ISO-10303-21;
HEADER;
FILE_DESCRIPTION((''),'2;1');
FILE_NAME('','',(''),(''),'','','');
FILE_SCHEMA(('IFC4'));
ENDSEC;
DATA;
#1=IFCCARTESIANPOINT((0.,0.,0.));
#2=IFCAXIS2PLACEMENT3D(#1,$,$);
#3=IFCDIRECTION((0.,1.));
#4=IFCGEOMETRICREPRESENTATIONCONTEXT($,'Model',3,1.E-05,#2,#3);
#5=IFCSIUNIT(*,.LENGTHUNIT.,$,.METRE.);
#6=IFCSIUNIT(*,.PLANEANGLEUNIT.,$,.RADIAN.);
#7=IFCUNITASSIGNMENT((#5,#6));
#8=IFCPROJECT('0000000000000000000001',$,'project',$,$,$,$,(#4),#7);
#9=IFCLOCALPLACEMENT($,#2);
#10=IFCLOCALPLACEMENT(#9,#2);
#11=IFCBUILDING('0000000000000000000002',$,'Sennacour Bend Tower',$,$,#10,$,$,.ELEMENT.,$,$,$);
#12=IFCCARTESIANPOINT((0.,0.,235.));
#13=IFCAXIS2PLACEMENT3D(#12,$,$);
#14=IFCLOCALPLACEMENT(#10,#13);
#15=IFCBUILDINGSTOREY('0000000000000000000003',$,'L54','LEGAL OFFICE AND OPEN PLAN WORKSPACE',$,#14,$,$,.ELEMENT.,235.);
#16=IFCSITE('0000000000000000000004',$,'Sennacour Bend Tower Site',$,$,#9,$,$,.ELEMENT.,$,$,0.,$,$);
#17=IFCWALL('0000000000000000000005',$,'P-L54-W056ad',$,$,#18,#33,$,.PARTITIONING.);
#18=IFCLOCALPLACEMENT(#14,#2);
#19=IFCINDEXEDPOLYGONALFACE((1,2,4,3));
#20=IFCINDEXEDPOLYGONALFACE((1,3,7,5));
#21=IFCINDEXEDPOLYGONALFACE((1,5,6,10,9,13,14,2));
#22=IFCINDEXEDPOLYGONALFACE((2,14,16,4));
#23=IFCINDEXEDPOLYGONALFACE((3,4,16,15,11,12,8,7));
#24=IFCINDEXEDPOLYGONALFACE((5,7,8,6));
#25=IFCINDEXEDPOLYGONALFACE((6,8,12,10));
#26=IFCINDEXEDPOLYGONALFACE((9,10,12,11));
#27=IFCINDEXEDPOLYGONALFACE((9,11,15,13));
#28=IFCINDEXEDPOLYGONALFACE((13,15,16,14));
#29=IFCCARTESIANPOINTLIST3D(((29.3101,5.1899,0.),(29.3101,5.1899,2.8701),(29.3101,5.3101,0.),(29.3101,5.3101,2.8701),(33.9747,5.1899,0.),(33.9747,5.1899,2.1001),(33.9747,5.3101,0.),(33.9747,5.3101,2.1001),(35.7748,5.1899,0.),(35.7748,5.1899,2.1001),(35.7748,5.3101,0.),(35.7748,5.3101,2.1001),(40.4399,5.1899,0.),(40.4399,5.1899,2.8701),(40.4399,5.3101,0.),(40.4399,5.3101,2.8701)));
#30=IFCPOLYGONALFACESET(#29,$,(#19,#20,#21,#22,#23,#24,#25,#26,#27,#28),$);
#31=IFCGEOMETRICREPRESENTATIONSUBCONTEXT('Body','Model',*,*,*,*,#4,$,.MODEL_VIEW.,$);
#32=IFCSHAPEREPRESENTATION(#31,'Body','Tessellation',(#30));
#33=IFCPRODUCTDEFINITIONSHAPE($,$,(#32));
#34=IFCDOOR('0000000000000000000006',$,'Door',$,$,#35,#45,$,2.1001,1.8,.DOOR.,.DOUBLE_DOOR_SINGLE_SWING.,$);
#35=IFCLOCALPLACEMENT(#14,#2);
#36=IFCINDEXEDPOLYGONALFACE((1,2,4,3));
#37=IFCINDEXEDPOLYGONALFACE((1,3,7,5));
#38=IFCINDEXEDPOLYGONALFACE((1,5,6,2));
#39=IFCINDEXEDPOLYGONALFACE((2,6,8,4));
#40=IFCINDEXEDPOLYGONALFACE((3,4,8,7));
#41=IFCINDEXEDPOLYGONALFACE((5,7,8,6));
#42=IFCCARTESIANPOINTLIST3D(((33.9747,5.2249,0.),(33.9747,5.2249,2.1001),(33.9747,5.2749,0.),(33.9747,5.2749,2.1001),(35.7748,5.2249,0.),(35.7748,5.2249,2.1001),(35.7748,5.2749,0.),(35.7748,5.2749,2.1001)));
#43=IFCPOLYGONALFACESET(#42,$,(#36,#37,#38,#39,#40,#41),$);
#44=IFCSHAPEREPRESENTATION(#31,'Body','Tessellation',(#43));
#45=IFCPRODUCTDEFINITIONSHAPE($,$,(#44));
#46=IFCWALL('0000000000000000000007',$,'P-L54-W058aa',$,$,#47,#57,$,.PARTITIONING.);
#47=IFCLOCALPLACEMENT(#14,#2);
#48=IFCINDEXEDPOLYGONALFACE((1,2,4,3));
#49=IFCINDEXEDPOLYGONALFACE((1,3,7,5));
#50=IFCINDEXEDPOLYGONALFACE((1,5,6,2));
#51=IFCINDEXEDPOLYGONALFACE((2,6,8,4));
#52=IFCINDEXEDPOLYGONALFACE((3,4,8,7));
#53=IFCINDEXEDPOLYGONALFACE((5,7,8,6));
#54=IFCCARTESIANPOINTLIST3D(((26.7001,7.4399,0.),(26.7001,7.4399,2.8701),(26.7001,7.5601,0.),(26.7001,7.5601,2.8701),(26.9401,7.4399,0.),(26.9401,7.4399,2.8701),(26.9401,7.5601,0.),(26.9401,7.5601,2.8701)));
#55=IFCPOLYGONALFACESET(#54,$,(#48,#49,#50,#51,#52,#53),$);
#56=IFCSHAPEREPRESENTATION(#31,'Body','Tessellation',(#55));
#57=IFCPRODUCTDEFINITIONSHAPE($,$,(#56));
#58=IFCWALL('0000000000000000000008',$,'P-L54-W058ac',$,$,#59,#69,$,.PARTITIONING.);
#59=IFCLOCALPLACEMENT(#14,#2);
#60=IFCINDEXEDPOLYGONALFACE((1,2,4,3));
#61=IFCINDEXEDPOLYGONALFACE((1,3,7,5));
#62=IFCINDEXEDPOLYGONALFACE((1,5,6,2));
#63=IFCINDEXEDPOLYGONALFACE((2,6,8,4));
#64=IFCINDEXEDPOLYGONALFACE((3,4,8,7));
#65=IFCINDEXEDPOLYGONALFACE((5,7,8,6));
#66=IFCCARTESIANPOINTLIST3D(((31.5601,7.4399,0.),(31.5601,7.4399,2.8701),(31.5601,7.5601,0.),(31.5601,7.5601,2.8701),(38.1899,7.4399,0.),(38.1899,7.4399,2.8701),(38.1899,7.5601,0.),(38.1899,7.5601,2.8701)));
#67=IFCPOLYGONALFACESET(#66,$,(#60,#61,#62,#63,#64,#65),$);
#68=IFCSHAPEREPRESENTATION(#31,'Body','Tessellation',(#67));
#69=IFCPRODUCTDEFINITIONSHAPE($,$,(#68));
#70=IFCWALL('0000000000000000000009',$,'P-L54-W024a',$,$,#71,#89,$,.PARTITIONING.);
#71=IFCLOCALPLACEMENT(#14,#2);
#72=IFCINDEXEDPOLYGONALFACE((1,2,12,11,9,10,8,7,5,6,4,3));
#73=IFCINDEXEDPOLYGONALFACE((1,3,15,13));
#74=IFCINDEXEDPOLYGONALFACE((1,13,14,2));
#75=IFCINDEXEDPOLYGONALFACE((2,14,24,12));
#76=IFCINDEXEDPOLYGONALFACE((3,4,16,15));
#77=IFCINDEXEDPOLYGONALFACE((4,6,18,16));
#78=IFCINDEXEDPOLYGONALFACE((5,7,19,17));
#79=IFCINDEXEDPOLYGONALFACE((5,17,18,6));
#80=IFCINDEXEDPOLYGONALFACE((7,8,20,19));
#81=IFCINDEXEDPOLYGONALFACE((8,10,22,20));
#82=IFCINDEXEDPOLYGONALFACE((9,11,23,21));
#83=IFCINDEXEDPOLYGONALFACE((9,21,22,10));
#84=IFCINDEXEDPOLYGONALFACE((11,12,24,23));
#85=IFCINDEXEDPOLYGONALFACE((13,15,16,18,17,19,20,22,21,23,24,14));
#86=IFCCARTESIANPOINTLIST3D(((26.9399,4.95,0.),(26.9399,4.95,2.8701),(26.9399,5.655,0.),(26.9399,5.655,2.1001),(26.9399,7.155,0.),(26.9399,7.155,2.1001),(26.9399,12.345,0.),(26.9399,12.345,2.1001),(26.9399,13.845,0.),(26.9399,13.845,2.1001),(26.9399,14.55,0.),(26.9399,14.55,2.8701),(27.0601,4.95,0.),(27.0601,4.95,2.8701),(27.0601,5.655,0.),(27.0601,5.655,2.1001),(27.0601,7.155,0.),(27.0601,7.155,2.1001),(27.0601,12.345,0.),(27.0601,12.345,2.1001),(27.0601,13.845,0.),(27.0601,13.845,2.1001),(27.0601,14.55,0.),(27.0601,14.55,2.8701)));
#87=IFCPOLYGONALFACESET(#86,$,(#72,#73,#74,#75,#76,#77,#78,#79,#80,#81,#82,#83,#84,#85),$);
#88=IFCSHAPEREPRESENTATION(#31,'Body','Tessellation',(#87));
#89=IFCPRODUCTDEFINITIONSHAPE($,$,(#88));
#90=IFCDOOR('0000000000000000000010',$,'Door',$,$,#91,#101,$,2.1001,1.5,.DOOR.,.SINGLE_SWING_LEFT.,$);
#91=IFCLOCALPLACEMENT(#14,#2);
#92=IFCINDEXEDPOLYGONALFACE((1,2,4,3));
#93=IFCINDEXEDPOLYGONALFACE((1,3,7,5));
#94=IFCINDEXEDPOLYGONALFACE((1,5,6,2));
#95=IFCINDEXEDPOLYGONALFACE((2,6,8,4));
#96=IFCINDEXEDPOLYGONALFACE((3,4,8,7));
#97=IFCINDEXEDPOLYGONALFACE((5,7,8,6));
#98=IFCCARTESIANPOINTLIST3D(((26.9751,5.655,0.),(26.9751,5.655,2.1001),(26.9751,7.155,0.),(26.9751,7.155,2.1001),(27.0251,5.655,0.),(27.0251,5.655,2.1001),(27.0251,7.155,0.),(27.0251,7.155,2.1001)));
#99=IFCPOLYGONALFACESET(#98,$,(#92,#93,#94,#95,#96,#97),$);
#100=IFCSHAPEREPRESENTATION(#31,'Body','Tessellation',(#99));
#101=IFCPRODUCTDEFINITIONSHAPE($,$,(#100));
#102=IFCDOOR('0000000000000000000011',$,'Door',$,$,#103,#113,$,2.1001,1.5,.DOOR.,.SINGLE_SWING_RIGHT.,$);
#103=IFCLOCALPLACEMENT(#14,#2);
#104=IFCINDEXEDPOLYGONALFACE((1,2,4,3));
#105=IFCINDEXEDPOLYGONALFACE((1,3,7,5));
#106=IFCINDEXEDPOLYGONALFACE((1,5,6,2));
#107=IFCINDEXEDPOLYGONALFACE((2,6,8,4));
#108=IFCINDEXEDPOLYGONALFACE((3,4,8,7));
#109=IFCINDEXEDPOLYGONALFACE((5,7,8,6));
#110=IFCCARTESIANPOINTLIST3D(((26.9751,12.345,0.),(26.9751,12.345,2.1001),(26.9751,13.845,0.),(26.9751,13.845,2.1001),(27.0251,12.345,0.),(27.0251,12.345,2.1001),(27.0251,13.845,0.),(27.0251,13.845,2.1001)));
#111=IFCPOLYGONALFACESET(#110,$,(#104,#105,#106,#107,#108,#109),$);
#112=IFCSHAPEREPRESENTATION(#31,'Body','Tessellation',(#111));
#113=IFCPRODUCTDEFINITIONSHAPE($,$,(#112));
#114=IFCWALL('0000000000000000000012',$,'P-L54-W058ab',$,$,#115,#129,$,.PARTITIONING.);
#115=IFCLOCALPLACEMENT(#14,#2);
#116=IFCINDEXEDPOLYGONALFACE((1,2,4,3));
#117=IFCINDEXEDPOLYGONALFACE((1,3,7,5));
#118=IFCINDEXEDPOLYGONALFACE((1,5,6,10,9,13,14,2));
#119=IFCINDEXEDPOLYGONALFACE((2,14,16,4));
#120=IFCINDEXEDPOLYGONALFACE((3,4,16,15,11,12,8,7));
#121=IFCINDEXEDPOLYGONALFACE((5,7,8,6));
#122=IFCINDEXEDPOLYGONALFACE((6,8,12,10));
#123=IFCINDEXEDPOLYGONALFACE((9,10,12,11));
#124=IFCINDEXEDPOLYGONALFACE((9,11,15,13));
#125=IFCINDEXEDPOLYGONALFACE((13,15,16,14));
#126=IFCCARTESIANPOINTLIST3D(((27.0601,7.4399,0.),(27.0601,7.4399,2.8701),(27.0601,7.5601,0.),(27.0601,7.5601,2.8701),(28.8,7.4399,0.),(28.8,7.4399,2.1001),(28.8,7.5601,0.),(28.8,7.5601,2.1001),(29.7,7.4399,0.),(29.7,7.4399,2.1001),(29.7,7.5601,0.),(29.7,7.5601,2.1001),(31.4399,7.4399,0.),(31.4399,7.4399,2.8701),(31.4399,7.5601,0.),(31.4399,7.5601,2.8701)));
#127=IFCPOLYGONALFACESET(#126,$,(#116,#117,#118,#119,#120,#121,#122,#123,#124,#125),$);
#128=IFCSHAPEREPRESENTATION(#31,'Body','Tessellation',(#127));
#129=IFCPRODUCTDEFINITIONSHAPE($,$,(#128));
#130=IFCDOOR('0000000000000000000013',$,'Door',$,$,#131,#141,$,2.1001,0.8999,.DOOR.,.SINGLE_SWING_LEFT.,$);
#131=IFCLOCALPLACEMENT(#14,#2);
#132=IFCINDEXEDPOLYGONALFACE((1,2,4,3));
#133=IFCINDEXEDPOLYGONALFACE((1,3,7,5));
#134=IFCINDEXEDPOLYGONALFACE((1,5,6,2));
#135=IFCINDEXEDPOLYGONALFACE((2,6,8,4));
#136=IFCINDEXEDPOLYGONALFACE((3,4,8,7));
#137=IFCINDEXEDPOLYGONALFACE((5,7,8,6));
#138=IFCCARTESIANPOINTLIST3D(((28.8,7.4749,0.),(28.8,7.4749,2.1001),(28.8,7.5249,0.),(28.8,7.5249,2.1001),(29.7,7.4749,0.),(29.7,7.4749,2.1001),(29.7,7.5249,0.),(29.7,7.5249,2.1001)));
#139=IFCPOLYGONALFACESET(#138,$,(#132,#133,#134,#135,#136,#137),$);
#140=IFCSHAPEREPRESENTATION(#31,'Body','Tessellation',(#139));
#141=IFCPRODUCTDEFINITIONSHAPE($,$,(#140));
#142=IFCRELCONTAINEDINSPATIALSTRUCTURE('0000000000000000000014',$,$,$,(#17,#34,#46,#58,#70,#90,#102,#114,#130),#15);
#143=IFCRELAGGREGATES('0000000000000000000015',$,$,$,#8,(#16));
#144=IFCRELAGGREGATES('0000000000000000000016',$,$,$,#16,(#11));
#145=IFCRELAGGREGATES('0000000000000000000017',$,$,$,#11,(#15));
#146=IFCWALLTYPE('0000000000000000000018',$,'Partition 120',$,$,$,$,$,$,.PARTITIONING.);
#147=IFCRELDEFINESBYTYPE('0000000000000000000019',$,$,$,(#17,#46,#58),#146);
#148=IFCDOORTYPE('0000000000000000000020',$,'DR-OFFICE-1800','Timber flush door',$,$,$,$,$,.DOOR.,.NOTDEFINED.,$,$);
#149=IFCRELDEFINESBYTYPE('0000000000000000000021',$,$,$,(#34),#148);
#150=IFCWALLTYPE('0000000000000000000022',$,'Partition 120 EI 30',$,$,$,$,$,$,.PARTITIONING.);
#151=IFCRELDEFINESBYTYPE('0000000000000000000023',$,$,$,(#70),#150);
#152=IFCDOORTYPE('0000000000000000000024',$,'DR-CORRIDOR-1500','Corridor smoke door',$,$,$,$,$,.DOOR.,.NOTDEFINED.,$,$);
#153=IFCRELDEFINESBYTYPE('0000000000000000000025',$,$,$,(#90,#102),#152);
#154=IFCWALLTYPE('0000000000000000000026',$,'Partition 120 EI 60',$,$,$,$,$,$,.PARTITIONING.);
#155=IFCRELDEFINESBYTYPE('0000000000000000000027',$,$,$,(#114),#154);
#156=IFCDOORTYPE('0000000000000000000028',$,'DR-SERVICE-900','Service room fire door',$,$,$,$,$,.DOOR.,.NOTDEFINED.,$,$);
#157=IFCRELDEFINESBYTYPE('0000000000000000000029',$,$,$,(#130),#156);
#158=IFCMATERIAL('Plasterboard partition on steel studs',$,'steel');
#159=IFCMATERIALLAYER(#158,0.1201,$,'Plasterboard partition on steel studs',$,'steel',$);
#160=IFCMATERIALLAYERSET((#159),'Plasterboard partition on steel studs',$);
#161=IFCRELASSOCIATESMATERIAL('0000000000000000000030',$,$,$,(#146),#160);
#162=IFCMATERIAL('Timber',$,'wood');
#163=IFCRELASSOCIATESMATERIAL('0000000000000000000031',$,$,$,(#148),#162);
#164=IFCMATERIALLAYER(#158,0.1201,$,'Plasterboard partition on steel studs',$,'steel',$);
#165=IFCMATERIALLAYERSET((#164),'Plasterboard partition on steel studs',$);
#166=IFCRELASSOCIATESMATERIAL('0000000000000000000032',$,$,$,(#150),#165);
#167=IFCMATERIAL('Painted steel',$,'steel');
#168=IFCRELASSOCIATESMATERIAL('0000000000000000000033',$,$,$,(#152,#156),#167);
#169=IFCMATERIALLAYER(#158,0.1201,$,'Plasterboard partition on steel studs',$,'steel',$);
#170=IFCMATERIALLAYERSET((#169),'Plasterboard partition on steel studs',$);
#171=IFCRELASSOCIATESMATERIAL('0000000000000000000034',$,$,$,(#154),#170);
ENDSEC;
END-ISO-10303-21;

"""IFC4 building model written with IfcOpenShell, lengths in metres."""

from ifc_helpers import new_model, si_unit, direction, frame, frame_2d, origin, place, context, subcontext, project, spatial, rectangle, extrude, material, layer, layer_set, type_object, element, fill, save


model = new_model("IFC4")

# Units and contexts
model_context = context("Model", 3, precision=1e-05, world=origin(), true_north=direction((0.0, 1.0)))
body_context = subcontext(model_context, "Body", "Model", "MODEL_VIEW")
ifc_project = project(units=[si_unit("LENGTHUNIT", "METRE"), si_unit("PLANEANGLEUNIT", "RADIAN")], contexts=[model_context])

# Site, building, storey
site_placement = place(None, origin())
site = spatial("IfcSite", under=ifc_project, at=site_placement, Name="Sennacour Bend Tower Site", CompositionType="ELEMENT", RefElevation=0.0)
building_placement = place(site_placement, origin())
building = spatial("IfcBuilding", under=site, at=building_placement, Name="Sennacour Bend Tower", CompositionType="ELEMENT")
storey_placement = place(building_placement, frame((0.0, 0.0, 235.0)))
storey = spatial("IfcBuildingStorey", under=building, at=storey_placement, Name="L54", Description="LEGAL OFFICE AND OPEN PLAN WORKSPACE", CompositionType="ELEMENT", Elevation=235.0)

# Shared definitions
ifc_material_1 = material(Name="Plasterboard partition on steel studs", Category="steel")
ifc_layer_1 = layer(ifc_material_1, 0.1201, Name="Plasterboard partition on steel studs", Category="steel")
ifc_layer_set_1 = layer_set([ifc_layer_1], Name="Plasterboard partition on steel studs")
wall_type_1 = type_object("IfcWallType", Name="Partition 120", PredefinedType="PARTITIONING", material=ifc_layer_set_1)

# Wall, opening, door
ifc_material_2 = material(Name="Timber", Category="wood")
wall_1_placement = place(storey_placement, frame((29.3101, 5.25, 0.0), z_axis=(0.0, 0.0, 1.0), x_axis=(1.0, 0.0, 0.0)))
wall_1 = element("IfcWall", 1, at=wall_1_placement, inside=storey, type_object=wall_type_1, Name="P-L54-W056ad", PredefinedType="PARTITIONING", context=body_context, shape_type="SweptSolid", body=[
    extrude(rectangle(XDim=11.1299, YDim=0.1201, at=frame_2d((5.5649, 0.0))), origin(), (0.0, 0.0, 1.0), 2.8701),
])
opening_1_placement = place(wall_1_placement, frame((4.6648, 0.0, 0.0)))
opening_1 = element("IfcOpeningElement", 2, at=opening_1_placement, cuts=wall_1, PredefinedType="OPENING", context=body_context, shape_type="SweptSolid", body=[
    extrude(rectangle(XDim=1.8, YDim=2.1001, at=frame_2d((0.8999, 1.05))), frame((0.0, 0.0701, 0.0), z_axis=(0.0, -1.0, 0.0), x_axis=(1.0, 0.0, 0.0)), (0.0, 0.0, 1.0), 0.1401),
])
door_type_1 = type_object("IfcDoorType", Name="DR-OFFICE-1800", Description="Timber flush door", OperationType="NOTDEFINED", PredefinedType="DOOR", material=ifc_material_2)
door_1_placement = place(opening_1_placement, origin())
door_1 = element("IfcDoor", 3, at=door_1_placement, inside=storey, type_object=door_type_1, Name="Door", OperationType="DOUBLE_DOOR_SINGLE_SWING", OverallHeight=2.1001, OverallWidth=1.8, PredefinedType="DOOR", context=body_context, shape_type="SweptSolid", body=[
    extrude(rectangle(XDim=1.8, YDim=2.1001, at=frame_2d((0.8999, 1.05))), frame((0.0, 0.0249, 0.0), z_axis=(0.0, -1.0, 0.0), x_axis=(1.0, 0.0, 0.0)), (0.0, 0.0, 1.0), 0.05),
])
fill(opening_1, door_1)

# Walls
wall_2_placement = place(storey_placement, frame((26.7, 7.5, 0.0), z_axis=(0.0, 0.0, 1.0), x_axis=(1.0, 0.0, 0.0)))
element("IfcWall", 4, at=wall_2_placement, inside=storey, type_object=wall_type_1, Name="P-L54-W058aa", PredefinedType="PARTITIONING", context=body_context, shape_type="SweptSolid", body=[
    extrude(rectangle(XDim=0.24, YDim=0.1201, at=frame_2d((0.1201, 0.0))), origin(), (0.0, 0.0, 1.0), 2.8701),
])
wall_3_placement = place(storey_placement, frame((31.5601, 7.5, 0.0), z_axis=(0.0, 0.0, 1.0), x_axis=(1.0, 0.0, 0.0)))
element("IfcWall", 5, at=wall_3_placement, inside=storey, type_object=wall_type_1, Name="P-L54-W058ac", PredefinedType="PARTITIONING", context=body_context, shape_type="SweptSolid", body=[
    extrude(rectangle(XDim=6.6299, YDim=0.1201, at=frame_2d((3.3149, 0.0))), origin(), (0.0, 0.0, 1.0), 2.8701),
])

# Wall, openings, doors
ifc_layer_2 = layer(ifc_material_1, 0.1201, Name="Plasterboard partition on steel studs", Category="steel")
ifc_layer_set_2 = layer_set([ifc_layer_2], Name="Plasterboard partition on steel studs")
wall_type_2 = type_object("IfcWallType", Name="Partition 120 EI 30", PredefinedType="PARTITIONING", material=ifc_layer_set_2)
wall_4_placement = place(storey_placement, frame((27.0, 4.95, 0.0), z_axis=(0.0, 0.0, 1.0), x_axis=(0.0, 1.0, 0.0)))
wall_4 = element("IfcWall", 6, at=wall_4_placement, inside=storey, type_object=wall_type_2, Name="P-L54-W024a", PredefinedType="PARTITIONING", context=body_context, shape_type="SweptSolid", body=[
    extrude(rectangle(XDim=9.6001, YDim=0.1201, at=frame_2d((4.8, 0.0))), origin(), (0.0, 0.0, 1.0), 2.8701),
])
opening_2_placement = place(wall_4_placement, frame((0.7051, 0.0, 0.0)))
opening_2 = element("IfcOpeningElement", 7, at=opening_2_placement, cuts=wall_4, PredefinedType="OPENING", context=body_context, shape_type="SweptSolid", body=[
    extrude(rectangle(XDim=1.5, YDim=2.1001, at=frame_2d((0.75, 1.05))), frame((0.0, 0.0701, 0.0), z_axis=(0.0, -1.0, 0.0), x_axis=(1.0, 0.0, 0.0)), (0.0, 0.0, 1.0), 0.1401),
])
opening_3_placement = place(wall_4_placement, frame((7.395, 0.0, 0.0)))
opening_3 = element("IfcOpeningElement", 8, at=opening_3_placement, cuts=wall_4, PredefinedType="OPENING", context=body_context, shape_type="SweptSolid", body=[
    extrude(rectangle(XDim=1.5, YDim=2.1001, at=frame_2d((0.75, 1.05))), frame((0.0, 0.0701, 0.0), z_axis=(0.0, -1.0, 0.0), x_axis=(1.0, 0.0, 0.0)), (0.0, 0.0, 1.0), 0.1401),
])
ifc_material_3 = material(Name="Painted steel", Category="steel")
door_type_2 = type_object("IfcDoorType", Name="DR-CORRIDOR-1500", Description="Corridor smoke door", OperationType="NOTDEFINED", PredefinedType="DOOR", material=ifc_material_3)
door_2_placement = place(opening_2_placement, origin())
door_2 = element("IfcDoor", 9, at=door_2_placement, inside=storey, type_object=door_type_2, Name="Door", OperationType="SINGLE_SWING_LEFT", OverallHeight=2.1001, OverallWidth=1.5, PredefinedType="DOOR", context=body_context, shape_type="SweptSolid", body=[
    extrude(rectangle(XDim=1.5, YDim=2.1001, at=frame_2d((0.75, 1.05))), frame((0.0, 0.0249, 0.0), z_axis=(0.0, -1.0, 0.0), x_axis=(1.0, 0.0, 0.0)), (0.0, 0.0, 1.0), 0.05),
])
fill(opening_2, door_2)
door_3_placement = place(opening_3_placement, origin())
door_3 = element("IfcDoor", 10, at=door_3_placement, inside=storey, type_object=door_type_2, Name="Door", OperationType="SINGLE_SWING_RIGHT", OverallHeight=2.1001, OverallWidth=1.5, PredefinedType="DOOR", context=body_context, shape_type="SweptSolid", body=[
    extrude(rectangle(XDim=1.5, YDim=2.1001, at=frame_2d((0.75, 1.05))), frame((0.0, 0.0249, 0.0), z_axis=(0.0, -1.0, 0.0), x_axis=(1.0, 0.0, 0.0)), (0.0, 0.0, 1.0), 0.05),
])
fill(opening_3, door_3)

# Wall, opening, door
ifc_layer_3 = layer(ifc_material_1, 0.1201, Name="Plasterboard partition on steel studs", Category="steel")
ifc_layer_set_3 = layer_set([ifc_layer_3], Name="Plasterboard partition on steel studs")
wall_type_3 = type_object("IfcWallType", Name="Partition 120 EI 60", PredefinedType="PARTITIONING", material=ifc_layer_set_3)
wall_5_placement = place(storey_placement, frame((27.0601, 7.5, 0.0), z_axis=(0.0, 0.0, 1.0), x_axis=(1.0, 0.0, 0.0)))
wall_5 = element("IfcWall", 11, at=wall_5_placement, inside=storey, type_object=wall_type_3, Name="P-L54-W058ab", PredefinedType="PARTITIONING", context=body_context, shape_type="SweptSolid", body=[
    extrude(rectangle(XDim=4.3799, YDim=0.1201, at=frame_2d((2.1899, 0.0))), origin(), (0.0, 0.0, 1.0), 2.8701),
])
opening_4_placement = place(wall_5_placement, frame((1.74, 0.0, 0.0)))
opening_4 = element("IfcOpeningElement", 12, at=opening_4_placement, cuts=wall_5, PredefinedType="OPENING", context=body_context, shape_type="SweptSolid", body=[
    extrude(rectangle(XDim=0.8999, YDim=2.1001, at=frame_2d((0.45, 1.05))), frame((0.0, 0.0701, 0.0), z_axis=(0.0, -1.0, 0.0), x_axis=(1.0, 0.0, 0.0)), (0.0, 0.0, 1.0), 0.1401),
])
door_type_3 = type_object("IfcDoorType", Name="DR-SERVICE-900", Description="Service room fire door", OperationType="NOTDEFINED", PredefinedType="DOOR", material=ifc_material_3)
door_4_placement = place(opening_4_placement, origin())
door_4 = element("IfcDoor", 13, at=door_4_placement, inside=storey, type_object=door_type_3, Name="Door", OperationType="SINGLE_SWING_LEFT", OverallHeight=2.1001, OverallWidth=0.8999, PredefinedType="DOOR", context=body_context, shape_type="SweptSolid", body=[
    extrude(rectangle(XDim=0.8999, YDim=2.1001, at=frame_2d((0.45, 1.05))), frame((0.0, 0.0249, 0.0), z_axis=(0.0, -1.0, 0.0), x_axis=(1.0, 0.0, 0.0)), (0.0, 0.0, 1.0), 0.05),
])
fill(opening_4, door_4)

save(model, "model.ifc")
